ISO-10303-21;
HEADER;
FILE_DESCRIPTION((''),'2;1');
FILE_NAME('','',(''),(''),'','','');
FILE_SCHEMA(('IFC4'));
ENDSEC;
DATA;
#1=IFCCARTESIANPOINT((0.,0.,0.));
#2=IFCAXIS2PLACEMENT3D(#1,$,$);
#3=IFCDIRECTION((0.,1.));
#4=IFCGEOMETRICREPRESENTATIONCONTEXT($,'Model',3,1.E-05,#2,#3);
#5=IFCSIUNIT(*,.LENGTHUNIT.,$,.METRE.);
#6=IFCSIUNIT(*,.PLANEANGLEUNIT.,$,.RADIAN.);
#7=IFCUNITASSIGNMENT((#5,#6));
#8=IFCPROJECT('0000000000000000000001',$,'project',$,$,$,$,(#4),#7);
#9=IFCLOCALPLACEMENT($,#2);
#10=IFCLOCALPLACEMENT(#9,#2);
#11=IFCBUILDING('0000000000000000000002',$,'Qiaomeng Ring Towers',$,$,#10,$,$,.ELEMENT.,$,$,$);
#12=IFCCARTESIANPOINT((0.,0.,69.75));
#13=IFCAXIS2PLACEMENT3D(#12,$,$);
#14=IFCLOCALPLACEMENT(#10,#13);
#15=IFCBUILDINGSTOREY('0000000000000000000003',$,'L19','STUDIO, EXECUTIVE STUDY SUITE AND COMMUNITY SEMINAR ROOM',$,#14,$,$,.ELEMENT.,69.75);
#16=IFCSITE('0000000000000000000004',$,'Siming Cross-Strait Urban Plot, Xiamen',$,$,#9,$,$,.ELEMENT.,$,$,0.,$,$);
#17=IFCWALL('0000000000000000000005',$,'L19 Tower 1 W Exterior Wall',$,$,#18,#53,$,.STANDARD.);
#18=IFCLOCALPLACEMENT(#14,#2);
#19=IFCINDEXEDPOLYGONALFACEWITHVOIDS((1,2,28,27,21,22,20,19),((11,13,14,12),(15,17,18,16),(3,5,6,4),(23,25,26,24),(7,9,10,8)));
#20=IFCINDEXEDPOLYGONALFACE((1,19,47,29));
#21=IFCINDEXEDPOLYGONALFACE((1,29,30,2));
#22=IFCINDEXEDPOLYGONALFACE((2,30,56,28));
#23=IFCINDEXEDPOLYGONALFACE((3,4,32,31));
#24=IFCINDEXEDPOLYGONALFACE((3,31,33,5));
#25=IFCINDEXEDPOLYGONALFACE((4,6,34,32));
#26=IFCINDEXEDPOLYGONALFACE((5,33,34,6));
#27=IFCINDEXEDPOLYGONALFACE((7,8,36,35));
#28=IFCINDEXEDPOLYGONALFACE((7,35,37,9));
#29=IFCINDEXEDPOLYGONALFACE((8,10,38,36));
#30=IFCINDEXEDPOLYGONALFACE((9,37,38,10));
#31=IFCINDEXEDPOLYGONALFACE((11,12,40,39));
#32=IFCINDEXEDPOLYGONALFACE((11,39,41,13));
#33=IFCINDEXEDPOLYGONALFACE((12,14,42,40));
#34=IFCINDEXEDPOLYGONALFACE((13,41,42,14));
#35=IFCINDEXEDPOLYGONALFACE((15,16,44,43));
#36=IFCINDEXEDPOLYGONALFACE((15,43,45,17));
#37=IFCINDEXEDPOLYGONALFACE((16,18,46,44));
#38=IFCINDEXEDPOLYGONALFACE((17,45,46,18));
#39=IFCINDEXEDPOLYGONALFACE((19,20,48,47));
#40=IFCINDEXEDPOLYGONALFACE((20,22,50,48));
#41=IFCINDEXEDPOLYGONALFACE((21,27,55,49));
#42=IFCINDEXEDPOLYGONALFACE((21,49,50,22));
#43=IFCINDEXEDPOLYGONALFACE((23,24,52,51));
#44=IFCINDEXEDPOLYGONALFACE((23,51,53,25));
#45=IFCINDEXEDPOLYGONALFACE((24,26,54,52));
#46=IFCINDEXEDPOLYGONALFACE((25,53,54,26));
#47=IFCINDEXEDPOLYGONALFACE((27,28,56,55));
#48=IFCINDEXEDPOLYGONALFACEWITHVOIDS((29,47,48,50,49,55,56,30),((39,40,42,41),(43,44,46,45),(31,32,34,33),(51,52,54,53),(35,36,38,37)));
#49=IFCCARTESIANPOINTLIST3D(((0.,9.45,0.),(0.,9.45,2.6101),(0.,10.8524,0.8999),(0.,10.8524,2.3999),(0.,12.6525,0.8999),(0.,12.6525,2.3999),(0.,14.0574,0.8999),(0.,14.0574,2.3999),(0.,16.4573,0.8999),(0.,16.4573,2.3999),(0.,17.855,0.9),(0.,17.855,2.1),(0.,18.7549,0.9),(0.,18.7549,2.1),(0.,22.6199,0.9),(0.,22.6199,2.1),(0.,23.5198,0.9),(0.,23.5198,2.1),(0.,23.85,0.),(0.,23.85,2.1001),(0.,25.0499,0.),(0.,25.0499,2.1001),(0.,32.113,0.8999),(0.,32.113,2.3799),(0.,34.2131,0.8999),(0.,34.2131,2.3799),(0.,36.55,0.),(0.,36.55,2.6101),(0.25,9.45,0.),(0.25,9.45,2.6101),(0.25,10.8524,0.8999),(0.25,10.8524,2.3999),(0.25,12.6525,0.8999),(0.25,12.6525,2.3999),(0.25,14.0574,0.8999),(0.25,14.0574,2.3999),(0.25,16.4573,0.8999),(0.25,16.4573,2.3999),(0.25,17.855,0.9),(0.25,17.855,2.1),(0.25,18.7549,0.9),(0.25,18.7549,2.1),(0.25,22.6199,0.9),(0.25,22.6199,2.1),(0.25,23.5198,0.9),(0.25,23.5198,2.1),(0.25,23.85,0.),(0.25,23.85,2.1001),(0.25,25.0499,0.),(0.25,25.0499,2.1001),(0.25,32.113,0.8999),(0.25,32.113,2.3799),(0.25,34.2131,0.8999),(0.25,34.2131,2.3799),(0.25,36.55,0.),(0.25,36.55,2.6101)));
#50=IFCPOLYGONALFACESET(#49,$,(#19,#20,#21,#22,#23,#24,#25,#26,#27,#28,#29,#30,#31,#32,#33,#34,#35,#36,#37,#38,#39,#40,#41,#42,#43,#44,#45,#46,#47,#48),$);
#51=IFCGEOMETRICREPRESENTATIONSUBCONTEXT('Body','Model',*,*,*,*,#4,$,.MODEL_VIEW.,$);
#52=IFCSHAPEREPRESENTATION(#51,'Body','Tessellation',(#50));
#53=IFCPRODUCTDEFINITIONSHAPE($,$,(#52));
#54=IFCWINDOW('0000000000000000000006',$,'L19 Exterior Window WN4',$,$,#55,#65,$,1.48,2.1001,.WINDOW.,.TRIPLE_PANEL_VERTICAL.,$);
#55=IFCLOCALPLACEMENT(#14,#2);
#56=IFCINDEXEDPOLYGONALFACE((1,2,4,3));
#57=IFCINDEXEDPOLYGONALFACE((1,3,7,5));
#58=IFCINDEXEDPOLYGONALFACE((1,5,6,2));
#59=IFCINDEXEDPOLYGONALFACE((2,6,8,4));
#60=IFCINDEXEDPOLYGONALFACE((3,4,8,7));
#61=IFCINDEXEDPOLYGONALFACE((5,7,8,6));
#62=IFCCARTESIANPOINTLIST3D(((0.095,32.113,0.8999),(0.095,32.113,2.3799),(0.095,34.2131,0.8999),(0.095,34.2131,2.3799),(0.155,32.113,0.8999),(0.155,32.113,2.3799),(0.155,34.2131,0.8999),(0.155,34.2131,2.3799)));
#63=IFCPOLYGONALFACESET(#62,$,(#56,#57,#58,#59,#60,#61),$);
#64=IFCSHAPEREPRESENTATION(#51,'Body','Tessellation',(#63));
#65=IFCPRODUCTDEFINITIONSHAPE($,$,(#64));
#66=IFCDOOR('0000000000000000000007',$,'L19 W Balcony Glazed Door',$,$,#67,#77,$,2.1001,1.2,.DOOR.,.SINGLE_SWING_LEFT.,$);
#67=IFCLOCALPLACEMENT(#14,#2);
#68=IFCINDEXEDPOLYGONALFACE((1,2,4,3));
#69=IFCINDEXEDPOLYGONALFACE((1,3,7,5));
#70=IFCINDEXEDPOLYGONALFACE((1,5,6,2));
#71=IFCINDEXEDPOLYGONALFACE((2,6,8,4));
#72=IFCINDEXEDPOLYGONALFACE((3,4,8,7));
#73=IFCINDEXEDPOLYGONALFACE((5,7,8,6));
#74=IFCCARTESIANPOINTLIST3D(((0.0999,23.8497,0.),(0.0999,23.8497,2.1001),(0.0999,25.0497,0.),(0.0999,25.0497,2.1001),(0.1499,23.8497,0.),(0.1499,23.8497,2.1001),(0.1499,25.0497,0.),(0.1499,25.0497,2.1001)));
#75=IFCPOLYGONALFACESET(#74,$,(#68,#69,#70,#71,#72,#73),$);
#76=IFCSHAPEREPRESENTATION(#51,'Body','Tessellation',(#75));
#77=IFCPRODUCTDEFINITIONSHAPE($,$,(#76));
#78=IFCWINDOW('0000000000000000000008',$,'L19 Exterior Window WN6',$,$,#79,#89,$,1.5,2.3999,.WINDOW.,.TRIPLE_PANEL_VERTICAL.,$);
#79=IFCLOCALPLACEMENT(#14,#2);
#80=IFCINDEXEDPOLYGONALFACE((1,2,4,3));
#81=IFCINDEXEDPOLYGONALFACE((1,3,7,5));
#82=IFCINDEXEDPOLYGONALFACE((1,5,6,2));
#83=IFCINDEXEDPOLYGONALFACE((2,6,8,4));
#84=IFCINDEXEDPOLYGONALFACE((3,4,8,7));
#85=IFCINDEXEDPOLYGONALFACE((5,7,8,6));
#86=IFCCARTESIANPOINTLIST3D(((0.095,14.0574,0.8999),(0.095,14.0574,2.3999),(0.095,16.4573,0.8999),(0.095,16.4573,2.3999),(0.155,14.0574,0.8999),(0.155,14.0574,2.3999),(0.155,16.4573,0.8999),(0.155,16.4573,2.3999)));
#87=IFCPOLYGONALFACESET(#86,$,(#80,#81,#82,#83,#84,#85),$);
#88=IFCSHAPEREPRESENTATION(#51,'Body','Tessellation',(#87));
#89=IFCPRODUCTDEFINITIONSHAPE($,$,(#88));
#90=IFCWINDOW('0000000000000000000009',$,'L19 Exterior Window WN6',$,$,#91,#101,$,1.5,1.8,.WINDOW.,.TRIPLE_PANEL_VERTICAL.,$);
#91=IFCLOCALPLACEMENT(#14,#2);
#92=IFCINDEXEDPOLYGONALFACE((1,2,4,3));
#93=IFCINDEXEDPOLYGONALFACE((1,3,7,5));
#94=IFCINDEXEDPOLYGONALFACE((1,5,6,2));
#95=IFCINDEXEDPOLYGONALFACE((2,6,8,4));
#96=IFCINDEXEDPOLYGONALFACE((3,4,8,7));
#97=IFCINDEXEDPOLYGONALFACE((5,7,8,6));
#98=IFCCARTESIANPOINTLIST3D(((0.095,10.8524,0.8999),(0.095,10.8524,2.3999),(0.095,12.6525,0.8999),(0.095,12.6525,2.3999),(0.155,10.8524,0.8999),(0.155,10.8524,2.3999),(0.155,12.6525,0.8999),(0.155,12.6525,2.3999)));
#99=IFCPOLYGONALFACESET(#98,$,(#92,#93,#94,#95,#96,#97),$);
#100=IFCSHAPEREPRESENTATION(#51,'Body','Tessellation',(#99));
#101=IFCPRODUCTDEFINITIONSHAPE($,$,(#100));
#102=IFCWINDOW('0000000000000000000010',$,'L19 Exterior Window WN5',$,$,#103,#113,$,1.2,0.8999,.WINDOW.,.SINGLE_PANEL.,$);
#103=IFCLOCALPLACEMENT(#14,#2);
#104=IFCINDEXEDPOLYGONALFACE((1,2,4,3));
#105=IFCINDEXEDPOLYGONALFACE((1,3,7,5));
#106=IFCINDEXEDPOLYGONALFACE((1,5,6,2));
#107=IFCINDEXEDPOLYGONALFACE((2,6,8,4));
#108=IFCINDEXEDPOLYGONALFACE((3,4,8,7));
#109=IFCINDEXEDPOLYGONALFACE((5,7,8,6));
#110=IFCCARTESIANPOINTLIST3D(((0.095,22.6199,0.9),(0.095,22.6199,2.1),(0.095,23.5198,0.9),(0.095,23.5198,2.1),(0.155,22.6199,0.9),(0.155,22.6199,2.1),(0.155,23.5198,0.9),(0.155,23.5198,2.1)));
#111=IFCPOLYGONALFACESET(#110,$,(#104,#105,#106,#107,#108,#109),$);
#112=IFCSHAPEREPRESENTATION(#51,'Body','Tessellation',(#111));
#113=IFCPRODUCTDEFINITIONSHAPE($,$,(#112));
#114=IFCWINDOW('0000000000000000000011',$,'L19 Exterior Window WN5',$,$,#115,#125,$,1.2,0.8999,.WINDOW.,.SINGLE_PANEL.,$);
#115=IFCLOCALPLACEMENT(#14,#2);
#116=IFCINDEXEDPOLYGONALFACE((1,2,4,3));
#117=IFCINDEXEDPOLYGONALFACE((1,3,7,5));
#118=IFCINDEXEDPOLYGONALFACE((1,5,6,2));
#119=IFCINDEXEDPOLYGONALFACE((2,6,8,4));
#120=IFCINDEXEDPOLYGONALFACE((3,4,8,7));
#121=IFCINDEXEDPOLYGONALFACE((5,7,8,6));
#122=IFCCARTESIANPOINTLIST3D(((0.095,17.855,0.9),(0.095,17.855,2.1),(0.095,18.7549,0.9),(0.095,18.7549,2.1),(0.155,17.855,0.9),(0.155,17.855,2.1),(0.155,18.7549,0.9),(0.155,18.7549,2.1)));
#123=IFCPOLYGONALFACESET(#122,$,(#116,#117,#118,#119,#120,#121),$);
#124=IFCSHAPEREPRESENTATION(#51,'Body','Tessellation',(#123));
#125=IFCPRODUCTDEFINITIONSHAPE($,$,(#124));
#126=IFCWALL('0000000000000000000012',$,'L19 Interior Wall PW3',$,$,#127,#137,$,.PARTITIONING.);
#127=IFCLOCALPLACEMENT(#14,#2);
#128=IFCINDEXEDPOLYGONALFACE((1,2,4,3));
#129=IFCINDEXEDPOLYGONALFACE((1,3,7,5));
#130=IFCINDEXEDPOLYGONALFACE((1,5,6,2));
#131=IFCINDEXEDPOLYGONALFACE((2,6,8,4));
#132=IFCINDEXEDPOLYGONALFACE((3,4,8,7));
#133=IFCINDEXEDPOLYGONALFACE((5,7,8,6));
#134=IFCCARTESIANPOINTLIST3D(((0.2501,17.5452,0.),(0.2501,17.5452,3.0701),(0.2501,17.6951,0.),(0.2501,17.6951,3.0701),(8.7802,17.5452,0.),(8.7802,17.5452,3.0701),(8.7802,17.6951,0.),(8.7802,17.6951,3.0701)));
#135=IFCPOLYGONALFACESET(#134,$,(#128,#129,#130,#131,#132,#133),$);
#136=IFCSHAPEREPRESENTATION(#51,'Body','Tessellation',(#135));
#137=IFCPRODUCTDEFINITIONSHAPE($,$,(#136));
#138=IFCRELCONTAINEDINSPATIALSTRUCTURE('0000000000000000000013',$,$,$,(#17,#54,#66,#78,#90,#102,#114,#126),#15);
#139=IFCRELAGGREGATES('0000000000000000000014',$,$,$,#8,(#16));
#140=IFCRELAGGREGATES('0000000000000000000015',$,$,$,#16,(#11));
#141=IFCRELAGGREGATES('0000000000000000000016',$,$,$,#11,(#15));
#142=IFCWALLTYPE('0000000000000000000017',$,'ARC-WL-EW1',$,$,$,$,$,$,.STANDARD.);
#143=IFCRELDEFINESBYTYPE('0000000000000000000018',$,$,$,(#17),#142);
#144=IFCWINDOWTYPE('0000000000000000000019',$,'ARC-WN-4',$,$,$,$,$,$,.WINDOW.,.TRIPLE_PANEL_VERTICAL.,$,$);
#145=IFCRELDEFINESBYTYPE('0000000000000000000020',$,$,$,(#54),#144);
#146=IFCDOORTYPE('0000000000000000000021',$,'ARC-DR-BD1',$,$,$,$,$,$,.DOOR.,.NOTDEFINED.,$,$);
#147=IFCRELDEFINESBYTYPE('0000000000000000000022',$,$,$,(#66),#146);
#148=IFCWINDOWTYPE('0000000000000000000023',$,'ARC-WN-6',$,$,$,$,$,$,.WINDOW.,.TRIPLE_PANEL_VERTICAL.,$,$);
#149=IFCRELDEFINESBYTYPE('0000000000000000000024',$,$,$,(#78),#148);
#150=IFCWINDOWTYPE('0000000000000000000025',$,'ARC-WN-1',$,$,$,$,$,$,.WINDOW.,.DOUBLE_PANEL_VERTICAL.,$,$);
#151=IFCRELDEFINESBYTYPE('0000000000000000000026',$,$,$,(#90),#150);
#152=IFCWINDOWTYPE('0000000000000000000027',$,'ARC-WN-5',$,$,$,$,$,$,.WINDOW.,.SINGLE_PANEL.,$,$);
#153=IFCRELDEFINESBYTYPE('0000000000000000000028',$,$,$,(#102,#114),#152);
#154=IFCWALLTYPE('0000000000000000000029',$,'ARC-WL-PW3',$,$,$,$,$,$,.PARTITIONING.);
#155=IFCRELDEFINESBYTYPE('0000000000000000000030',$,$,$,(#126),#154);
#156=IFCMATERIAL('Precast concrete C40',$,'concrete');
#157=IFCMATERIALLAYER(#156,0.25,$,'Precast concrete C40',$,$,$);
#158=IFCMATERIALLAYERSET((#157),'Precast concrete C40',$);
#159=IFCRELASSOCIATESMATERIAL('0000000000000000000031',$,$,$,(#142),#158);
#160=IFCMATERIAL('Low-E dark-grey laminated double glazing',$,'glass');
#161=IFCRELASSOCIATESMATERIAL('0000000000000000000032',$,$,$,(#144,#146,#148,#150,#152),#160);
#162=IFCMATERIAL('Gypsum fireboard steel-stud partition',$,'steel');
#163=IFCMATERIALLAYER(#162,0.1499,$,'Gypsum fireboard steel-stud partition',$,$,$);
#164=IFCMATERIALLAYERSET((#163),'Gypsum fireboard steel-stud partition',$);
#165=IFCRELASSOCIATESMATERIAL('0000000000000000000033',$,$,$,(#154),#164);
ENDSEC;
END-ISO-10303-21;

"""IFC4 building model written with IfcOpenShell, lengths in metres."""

from ifc_helpers import new_model, si_unit, direction, frame, frame_2d, origin, place, context, subcontext, project, spatial, rectangle, extrude, source, transform, mapped, material, layer, layer_set, type_object, element, fill, save


model = new_model("IFC4")

# Units and contexts
model_context = context("Model", 3, precision=1e-05, world=origin(), true_north=direction((0.0, 1.0)))
body_context = subcontext(model_context, "Body", "Model", "MODEL_VIEW")
ifc_project = project(units=[si_unit("LENGTHUNIT", "METRE"), si_unit("PLANEANGLEUNIT", "RADIAN")], contexts=[model_context])

# Site, building, storey
site_placement = place(None, origin())
site = spatial("IfcSite", under=ifc_project, at=site_placement, Name="Siming Cross-Strait Urban Plot, Xiamen", CompositionType="ELEMENT", RefElevation=0.0)
building_placement = place(site_placement, origin())
building = spatial("IfcBuilding", under=site, at=building_placement, Name="Qiaomeng Ring Towers", CompositionType="ELEMENT")
storey_placement = place(building_placement, frame((0.0, 0.0, 69.75)))
storey = spatial("IfcBuildingStorey", under=building, at=storey_placement, Name="L19", Description="STUDIO, EXECUTIVE STUDY SUITE AND COMMUNITY SEMINAR ROOM", CompositionType="ELEMENT", Elevation=69.75)

# Wall, openings, windows, door
ifc_material_1 = material(Name="Precast concrete C40", Category="concrete")
ifc_layer_1 = layer(ifc_material_1, 0.25, Name="Precast concrete C40")
ifc_layer_set_1 = layer_set([ifc_layer_1], Name="Precast concrete C40")
wall_type_1 = type_object("IfcWallType", Name="ARC-WL-EW1", PredefinedType="STANDARD", material=ifc_layer_set_1)
wall_1_placement = place(storey_placement, frame((0.125, 9.45, 0.0), z_axis=(0.0, 0.0, 1.0), x_axis=(0.0, 1.0, 0.0)))
wall_1 = element("IfcWall", 1, at=wall_1_placement, inside=storey, type_object=wall_type_1, Name="L19 Tower 1 W Exterior Wall", PredefinedType="STANDARD", context=body_context, shape_type="SweptSolid", body=[
    extrude(rectangle(XDim=27.1001, YDim=0.25, at=frame_2d((13.55, 0.0))), origin(), (0.0, 0.0, 1.0), 2.6101),
])
opening_1_placement = place(wall_1_placement, frame((14.3999, 0.0, 0.0)))
opening_1 = element("IfcOpeningElement", 2, at=opening_1_placement, cuts=wall_1, PredefinedType="OPENING", context=body_context, shape_type="SweptSolid", body=[
    extrude(rectangle(XDim=1.2, YDim=2.1001, at=frame_2d((0.6001, 1.05))), frame((0.0, 0.135, 0.0), z_axis=(0.0, -1.0, 0.0), x_axis=(1.0, 0.0, 0.0)), (0.0, 0.0, 1.0), 0.27),
])
opening_2_placement = place(wall_1_placement, frame((1.4026, 0.0, 0.8999)))
opening_2 = element("IfcOpeningElement", 3, at=opening_2_placement, cuts=wall_1, PredefinedType="OPENING", context=body_context, shape_type="SweptSolid", body=[
    extrude(rectangle(XDim=1.8, YDim=1.5, at=frame_2d((0.8999, 0.75))), frame((0.0, 0.135, 0.0), z_axis=(0.0, -1.0, 0.0), x_axis=(1.0, 0.0, 0.0)), (0.0, 0.0, 1.0), 0.27),
])
opening_3_placement = place(wall_1_placement, frame((22.6631, 0.0, 0.8999)))
opening_3 = element("IfcOpeningElement", 4, at=opening_3_placement, cuts=wall_1, PredefinedType="OPENING", context=body_context, shape_type="SweptSolid", body=[
    extrude(rectangle(XDim=2.1001, YDim=1.48, at=frame_2d((1.05, 0.74))), frame((0.0, 0.135, 0.0), z_axis=(0.0, -1.0, 0.0), x_axis=(1.0, 0.0, 0.0)), (0.0, 0.0, 1.0), 0.27),
])
opening_4_placement = place(wall_1_placement, frame((4.6074, 0.0, 0.8999)))
opening_4 = element("IfcOpeningElement", 5, at=opening_4_placement, cuts=wall_1, PredefinedType="OPENING", context=body_context, shape_type="SweptSolid", body=[
    extrude(rectangle(XDim=2.3999, YDim=1.5, at=frame_2d((1.2, 0.75))), frame((0.0, 0.135, 0.0), z_axis=(0.0, -1.0, 0.0), x_axis=(1.0, 0.0, 0.0)), (0.0, 0.0, 1.0), 0.27),
])
opening_5_placement = place(wall_1_placement, frame((13.1699, 0.0, 0.8999)))
opening_5 = element("IfcOpeningElement", 6, at=opening_5_placement, cuts=wall_1, PredefinedType="OPENING", context=body_context, shape_type="SweptSolid", body=[
    extrude(rectangle(XDim=0.8999, YDim=1.2, at=frame_2d((0.45, 0.6001))), frame((0.0, 0.135, 0.0), z_axis=(0.0, -1.0, 0.0), x_axis=(1.0, 0.0, 0.0)), (0.0, 0.0, 1.0), 0.27),
])
opening_6_placement = place(wall_1_placement, frame((8.405, 0.0, 0.8999)))
opening_6 = element("IfcOpeningElement", 7, at=opening_6_placement, cuts=wall_1, PredefinedType="OPENING", context=body_context, shape_type="SweptSolid", body=[
    extrude(rectangle(XDim=0.8999, YDim=1.2, at=frame_2d((0.45, 0.6001))), frame((0.0, 0.135, 0.0), z_axis=(0.0, -1.0, 0.0), x_axis=(1.0, 0.0, 0.0)), (0.0, 0.0, 1.0), 0.27),
])
ifc_material_2 = material(Name="Low-E dark-grey laminated double glazing", Category="glass")
window_type_1 = type_object("IfcWindowType", Name="ARC-WN-4", PartitioningType="TRIPLE_PANEL_VERTICAL", PredefinedType="WINDOW", material=ifc_material_2)
shared_shape_1 = source(origin(), body_context, "Body", "SweptSolid", [
    extrude(rectangle(XDim=2.1001, YDim=1.48, at=frame_2d((1.05, 0.74))), frame((0.0, 0.03, 0.0), z_axis=(0.0, -1.0, 0.0), x_axis=(1.0, 0.0, 0.0)), (0.0, 0.0, 1.0), 0.0601),
])
window_1_placement = place(opening_3_placement, origin())
window_1 = element("IfcWindow", 8, at=window_1_placement, inside=storey, type_object=window_type_1, Name="L19 Exterior Window WN4", OverallHeight=1.48, OverallWidth=2.1001, PartitioningType="TRIPLE_PANEL_VERTICAL", PredefinedType="WINDOW", context=body_context, shape_type="MappedRepresentation", body=[
    mapped(shared_shape_1, transform((0.0, 0.0, 0.0), x_axis=(1.0, 0.0, 0.0), y_axis=(0.0, 1.0, 0.0), z_axis=(0.0, 0.0, 1.0), scale=1.0)),
])
fill(opening_3, window_1)
door_type_1 = type_object("IfcDoorType", Name="ARC-DR-BD1", OperationType="NOTDEFINED", PredefinedType="DOOR", material=ifc_material_2)
shared_shape_2 = source(origin(), body_context, "Body", "SweptSolid", [
    extrude(rectangle(XDim=1.2, YDim=2.1001, at=frame_2d((0.6001, 1.05))), frame((0.0, 0.0249, 0.0), z_axis=(0.0, -1.0, 0.0), x_axis=(1.0, 0.0, 0.0)), (0.0, 0.0, 1.0), 0.05),
])
door_1_placement = place(opening_1_placement, frame((1.2, 0.0, 0.0), z_axis=(0.0, 0.0, 1.0), x_axis=(-1.0, 0.0, 0.0)))
door_1 = element("IfcDoor", 9, at=door_1_placement, inside=storey, type_object=door_type_1, Name="L19 W Balcony Glazed Door", OperationType="SINGLE_SWING_LEFT", OverallHeight=2.1001, OverallWidth=1.2, PredefinedType="DOOR", context=body_context, shape_type="MappedRepresentation", body=[
    mapped(shared_shape_2, transform((0.0, 0.0, 0.0), x_axis=(1.0, 0.0, 0.0), y_axis=(0.0, 1.0, 0.0), z_axis=(0.0, 0.0, 1.0), scale=1.0)),
])
fill(opening_1, door_1)
window_type_2 = type_object("IfcWindowType", Name="ARC-WN-6", PartitioningType="TRIPLE_PANEL_VERTICAL", PredefinedType="WINDOW", material=ifc_material_2)
shared_shape_3 = source(origin(), body_context, "Body", "SweptSolid", [
    extrude(rectangle(XDim=2.3999, YDim=1.5, at=frame_2d((1.2, 0.75))), frame((0.0, 0.03, 0.0), z_axis=(0.0, -1.0, 0.0), x_axis=(1.0, 0.0, 0.0)), (0.0, 0.0, 1.0), 0.0601),
])
window_2_placement = place(opening_4_placement, origin())
window_2 = element("IfcWindow", 10, at=window_2_placement, inside=storey, type_object=window_type_2, Name="L19 Exterior Window WN6", OverallHeight=1.5, OverallWidth=2.3999, PartitioningType="TRIPLE_PANEL_VERTICAL", PredefinedType="WINDOW", context=body_context, shape_type="MappedRepresentation", body=[
    mapped(shared_shape_3, transform((0.0, 0.0, 0.0), x_axis=(1.0, 0.0, 0.0), y_axis=(0.0, 1.0, 0.0), z_axis=(0.0, 0.0, 1.0), scale=1.0)),
])
fill(opening_4, window_2)
window_type_3 = type_object("IfcWindowType", Name="ARC-WN-1", PartitioningType="DOUBLE_PANEL_VERTICAL", PredefinedType="WINDOW", material=ifc_material_2)
shared_shape_4 = source(origin(), body_context, "Body", "SweptSolid", [
    extrude(rectangle(XDim=1.8, YDim=1.5, at=frame_2d((0.8999, 0.75))), frame((0.0, 0.03, 0.0), z_axis=(0.0, -1.0, 0.0), x_axis=(1.0, 0.0, 0.0)), (0.0, 0.0, 1.0), 0.0601),
])
window_3_placement = place(opening_2_placement, origin())
window_3 = element("IfcWindow", 11, at=window_3_placement, inside=storey, type_object=window_type_3, Name="L19 Exterior Window WN6", OverallHeight=1.5, OverallWidth=1.8, PartitioningType="TRIPLE_PANEL_VERTICAL", PredefinedType="WINDOW", context=body_context, shape_type="MappedRepresentation", body=[
    mapped(shared_shape_4, transform((0.0, 0.0, 0.0), x_axis=(1.0, 0.0, 0.0), y_axis=(0.0, 1.0, 0.0), z_axis=(0.0, 0.0, 1.0), scale=1.0)),
])
fill(opening_2, window_3)
window_type_4 = type_object("IfcWindowType", Name="ARC-WN-5", PartitioningType="SINGLE_PANEL", PredefinedType="WINDOW", material=ifc_material_2)
shared_shape_5 = source(origin(), body_context, "Body", "SweptSolid", [
    extrude(rectangle(XDim=0.8999, YDim=1.2, at=frame_2d((0.45, 0.6001))), frame((0.0, 0.03, 0.0), z_axis=(0.0, -1.0, 0.0), x_axis=(1.0, 0.0, 0.0)), (0.0, 0.0, 1.0), 0.0601),
])
window_4_placement = place(opening_5_placement, origin())
window_4 = element("IfcWindow", 12, at=window_4_placement, inside=storey, type_object=window_type_4, Name="L19 Exterior Window WN5", OverallHeight=1.2, OverallWidth=0.8999, PartitioningType="SINGLE_PANEL", PredefinedType="WINDOW", context=body_context, shape_type="MappedRepresentation", body=[
    mapped(shared_shape_5, transform((0.0, 0.0, 0.0), x_axis=(1.0, 0.0, 0.0), y_axis=(0.0, 1.0, 0.0), z_axis=(0.0, 0.0, 1.0), scale=1.0)),
])
fill(opening_5, window_4)
window_5_placement = place(opening_6_placement, origin())
window_5 = element("IfcWindow", 13, at=window_5_placement, inside=storey, type_object=window_type_4, Name="L19 Exterior Window WN5", OverallHeight=1.2, OverallWidth=0.8999, PartitioningType="SINGLE_PANEL", PredefinedType="WINDOW", context=body_context, shape_type="MappedRepresentation", body=[
    mapped(shared_shape_5, transform((0.0, 0.0, 0.0), x_axis=(1.0, 0.0, 0.0), y_axis=(0.0, 1.0, 0.0), z_axis=(0.0, 0.0, 1.0), scale=1.0)),
])
fill(opening_6, window_5)

# Wall
ifc_material_3 = material(Name="Gypsum fireboard steel-stud partition", Category="steel")
ifc_layer_2 = layer(ifc_material_3, 0.1499, Name="Gypsum fireboard steel-stud partition")
ifc_layer_set_2 = layer_set([ifc_layer_2], Name="Gypsum fireboard steel-stud partition")
wall_type_2 = type_object("IfcWallType", Name="ARC-WL-PW3", PredefinedType="PARTITIONING", material=ifc_layer_set_2)
wall_2_placement = place(storey_placement, frame((0.25, 17.6201, 0.0), z_axis=(0.0, 0.0, 1.0), x_axis=(1.0, 0.0, 0.0)))
element("IfcWall", 14, at=wall_2_placement, inside=storey, type_object=wall_type_2, Name="L19 Interior Wall PW3", PredefinedType="PARTITIONING", context=body_context, shape_type="SweptSolid", body=[
    extrude(rectangle(XDim=8.53, YDim=0.1499, at=frame_2d((4.2651, 0.0))), origin(), (0.0, 0.0, 1.0), 3.0701),
])

save(model, "model.ifc")
